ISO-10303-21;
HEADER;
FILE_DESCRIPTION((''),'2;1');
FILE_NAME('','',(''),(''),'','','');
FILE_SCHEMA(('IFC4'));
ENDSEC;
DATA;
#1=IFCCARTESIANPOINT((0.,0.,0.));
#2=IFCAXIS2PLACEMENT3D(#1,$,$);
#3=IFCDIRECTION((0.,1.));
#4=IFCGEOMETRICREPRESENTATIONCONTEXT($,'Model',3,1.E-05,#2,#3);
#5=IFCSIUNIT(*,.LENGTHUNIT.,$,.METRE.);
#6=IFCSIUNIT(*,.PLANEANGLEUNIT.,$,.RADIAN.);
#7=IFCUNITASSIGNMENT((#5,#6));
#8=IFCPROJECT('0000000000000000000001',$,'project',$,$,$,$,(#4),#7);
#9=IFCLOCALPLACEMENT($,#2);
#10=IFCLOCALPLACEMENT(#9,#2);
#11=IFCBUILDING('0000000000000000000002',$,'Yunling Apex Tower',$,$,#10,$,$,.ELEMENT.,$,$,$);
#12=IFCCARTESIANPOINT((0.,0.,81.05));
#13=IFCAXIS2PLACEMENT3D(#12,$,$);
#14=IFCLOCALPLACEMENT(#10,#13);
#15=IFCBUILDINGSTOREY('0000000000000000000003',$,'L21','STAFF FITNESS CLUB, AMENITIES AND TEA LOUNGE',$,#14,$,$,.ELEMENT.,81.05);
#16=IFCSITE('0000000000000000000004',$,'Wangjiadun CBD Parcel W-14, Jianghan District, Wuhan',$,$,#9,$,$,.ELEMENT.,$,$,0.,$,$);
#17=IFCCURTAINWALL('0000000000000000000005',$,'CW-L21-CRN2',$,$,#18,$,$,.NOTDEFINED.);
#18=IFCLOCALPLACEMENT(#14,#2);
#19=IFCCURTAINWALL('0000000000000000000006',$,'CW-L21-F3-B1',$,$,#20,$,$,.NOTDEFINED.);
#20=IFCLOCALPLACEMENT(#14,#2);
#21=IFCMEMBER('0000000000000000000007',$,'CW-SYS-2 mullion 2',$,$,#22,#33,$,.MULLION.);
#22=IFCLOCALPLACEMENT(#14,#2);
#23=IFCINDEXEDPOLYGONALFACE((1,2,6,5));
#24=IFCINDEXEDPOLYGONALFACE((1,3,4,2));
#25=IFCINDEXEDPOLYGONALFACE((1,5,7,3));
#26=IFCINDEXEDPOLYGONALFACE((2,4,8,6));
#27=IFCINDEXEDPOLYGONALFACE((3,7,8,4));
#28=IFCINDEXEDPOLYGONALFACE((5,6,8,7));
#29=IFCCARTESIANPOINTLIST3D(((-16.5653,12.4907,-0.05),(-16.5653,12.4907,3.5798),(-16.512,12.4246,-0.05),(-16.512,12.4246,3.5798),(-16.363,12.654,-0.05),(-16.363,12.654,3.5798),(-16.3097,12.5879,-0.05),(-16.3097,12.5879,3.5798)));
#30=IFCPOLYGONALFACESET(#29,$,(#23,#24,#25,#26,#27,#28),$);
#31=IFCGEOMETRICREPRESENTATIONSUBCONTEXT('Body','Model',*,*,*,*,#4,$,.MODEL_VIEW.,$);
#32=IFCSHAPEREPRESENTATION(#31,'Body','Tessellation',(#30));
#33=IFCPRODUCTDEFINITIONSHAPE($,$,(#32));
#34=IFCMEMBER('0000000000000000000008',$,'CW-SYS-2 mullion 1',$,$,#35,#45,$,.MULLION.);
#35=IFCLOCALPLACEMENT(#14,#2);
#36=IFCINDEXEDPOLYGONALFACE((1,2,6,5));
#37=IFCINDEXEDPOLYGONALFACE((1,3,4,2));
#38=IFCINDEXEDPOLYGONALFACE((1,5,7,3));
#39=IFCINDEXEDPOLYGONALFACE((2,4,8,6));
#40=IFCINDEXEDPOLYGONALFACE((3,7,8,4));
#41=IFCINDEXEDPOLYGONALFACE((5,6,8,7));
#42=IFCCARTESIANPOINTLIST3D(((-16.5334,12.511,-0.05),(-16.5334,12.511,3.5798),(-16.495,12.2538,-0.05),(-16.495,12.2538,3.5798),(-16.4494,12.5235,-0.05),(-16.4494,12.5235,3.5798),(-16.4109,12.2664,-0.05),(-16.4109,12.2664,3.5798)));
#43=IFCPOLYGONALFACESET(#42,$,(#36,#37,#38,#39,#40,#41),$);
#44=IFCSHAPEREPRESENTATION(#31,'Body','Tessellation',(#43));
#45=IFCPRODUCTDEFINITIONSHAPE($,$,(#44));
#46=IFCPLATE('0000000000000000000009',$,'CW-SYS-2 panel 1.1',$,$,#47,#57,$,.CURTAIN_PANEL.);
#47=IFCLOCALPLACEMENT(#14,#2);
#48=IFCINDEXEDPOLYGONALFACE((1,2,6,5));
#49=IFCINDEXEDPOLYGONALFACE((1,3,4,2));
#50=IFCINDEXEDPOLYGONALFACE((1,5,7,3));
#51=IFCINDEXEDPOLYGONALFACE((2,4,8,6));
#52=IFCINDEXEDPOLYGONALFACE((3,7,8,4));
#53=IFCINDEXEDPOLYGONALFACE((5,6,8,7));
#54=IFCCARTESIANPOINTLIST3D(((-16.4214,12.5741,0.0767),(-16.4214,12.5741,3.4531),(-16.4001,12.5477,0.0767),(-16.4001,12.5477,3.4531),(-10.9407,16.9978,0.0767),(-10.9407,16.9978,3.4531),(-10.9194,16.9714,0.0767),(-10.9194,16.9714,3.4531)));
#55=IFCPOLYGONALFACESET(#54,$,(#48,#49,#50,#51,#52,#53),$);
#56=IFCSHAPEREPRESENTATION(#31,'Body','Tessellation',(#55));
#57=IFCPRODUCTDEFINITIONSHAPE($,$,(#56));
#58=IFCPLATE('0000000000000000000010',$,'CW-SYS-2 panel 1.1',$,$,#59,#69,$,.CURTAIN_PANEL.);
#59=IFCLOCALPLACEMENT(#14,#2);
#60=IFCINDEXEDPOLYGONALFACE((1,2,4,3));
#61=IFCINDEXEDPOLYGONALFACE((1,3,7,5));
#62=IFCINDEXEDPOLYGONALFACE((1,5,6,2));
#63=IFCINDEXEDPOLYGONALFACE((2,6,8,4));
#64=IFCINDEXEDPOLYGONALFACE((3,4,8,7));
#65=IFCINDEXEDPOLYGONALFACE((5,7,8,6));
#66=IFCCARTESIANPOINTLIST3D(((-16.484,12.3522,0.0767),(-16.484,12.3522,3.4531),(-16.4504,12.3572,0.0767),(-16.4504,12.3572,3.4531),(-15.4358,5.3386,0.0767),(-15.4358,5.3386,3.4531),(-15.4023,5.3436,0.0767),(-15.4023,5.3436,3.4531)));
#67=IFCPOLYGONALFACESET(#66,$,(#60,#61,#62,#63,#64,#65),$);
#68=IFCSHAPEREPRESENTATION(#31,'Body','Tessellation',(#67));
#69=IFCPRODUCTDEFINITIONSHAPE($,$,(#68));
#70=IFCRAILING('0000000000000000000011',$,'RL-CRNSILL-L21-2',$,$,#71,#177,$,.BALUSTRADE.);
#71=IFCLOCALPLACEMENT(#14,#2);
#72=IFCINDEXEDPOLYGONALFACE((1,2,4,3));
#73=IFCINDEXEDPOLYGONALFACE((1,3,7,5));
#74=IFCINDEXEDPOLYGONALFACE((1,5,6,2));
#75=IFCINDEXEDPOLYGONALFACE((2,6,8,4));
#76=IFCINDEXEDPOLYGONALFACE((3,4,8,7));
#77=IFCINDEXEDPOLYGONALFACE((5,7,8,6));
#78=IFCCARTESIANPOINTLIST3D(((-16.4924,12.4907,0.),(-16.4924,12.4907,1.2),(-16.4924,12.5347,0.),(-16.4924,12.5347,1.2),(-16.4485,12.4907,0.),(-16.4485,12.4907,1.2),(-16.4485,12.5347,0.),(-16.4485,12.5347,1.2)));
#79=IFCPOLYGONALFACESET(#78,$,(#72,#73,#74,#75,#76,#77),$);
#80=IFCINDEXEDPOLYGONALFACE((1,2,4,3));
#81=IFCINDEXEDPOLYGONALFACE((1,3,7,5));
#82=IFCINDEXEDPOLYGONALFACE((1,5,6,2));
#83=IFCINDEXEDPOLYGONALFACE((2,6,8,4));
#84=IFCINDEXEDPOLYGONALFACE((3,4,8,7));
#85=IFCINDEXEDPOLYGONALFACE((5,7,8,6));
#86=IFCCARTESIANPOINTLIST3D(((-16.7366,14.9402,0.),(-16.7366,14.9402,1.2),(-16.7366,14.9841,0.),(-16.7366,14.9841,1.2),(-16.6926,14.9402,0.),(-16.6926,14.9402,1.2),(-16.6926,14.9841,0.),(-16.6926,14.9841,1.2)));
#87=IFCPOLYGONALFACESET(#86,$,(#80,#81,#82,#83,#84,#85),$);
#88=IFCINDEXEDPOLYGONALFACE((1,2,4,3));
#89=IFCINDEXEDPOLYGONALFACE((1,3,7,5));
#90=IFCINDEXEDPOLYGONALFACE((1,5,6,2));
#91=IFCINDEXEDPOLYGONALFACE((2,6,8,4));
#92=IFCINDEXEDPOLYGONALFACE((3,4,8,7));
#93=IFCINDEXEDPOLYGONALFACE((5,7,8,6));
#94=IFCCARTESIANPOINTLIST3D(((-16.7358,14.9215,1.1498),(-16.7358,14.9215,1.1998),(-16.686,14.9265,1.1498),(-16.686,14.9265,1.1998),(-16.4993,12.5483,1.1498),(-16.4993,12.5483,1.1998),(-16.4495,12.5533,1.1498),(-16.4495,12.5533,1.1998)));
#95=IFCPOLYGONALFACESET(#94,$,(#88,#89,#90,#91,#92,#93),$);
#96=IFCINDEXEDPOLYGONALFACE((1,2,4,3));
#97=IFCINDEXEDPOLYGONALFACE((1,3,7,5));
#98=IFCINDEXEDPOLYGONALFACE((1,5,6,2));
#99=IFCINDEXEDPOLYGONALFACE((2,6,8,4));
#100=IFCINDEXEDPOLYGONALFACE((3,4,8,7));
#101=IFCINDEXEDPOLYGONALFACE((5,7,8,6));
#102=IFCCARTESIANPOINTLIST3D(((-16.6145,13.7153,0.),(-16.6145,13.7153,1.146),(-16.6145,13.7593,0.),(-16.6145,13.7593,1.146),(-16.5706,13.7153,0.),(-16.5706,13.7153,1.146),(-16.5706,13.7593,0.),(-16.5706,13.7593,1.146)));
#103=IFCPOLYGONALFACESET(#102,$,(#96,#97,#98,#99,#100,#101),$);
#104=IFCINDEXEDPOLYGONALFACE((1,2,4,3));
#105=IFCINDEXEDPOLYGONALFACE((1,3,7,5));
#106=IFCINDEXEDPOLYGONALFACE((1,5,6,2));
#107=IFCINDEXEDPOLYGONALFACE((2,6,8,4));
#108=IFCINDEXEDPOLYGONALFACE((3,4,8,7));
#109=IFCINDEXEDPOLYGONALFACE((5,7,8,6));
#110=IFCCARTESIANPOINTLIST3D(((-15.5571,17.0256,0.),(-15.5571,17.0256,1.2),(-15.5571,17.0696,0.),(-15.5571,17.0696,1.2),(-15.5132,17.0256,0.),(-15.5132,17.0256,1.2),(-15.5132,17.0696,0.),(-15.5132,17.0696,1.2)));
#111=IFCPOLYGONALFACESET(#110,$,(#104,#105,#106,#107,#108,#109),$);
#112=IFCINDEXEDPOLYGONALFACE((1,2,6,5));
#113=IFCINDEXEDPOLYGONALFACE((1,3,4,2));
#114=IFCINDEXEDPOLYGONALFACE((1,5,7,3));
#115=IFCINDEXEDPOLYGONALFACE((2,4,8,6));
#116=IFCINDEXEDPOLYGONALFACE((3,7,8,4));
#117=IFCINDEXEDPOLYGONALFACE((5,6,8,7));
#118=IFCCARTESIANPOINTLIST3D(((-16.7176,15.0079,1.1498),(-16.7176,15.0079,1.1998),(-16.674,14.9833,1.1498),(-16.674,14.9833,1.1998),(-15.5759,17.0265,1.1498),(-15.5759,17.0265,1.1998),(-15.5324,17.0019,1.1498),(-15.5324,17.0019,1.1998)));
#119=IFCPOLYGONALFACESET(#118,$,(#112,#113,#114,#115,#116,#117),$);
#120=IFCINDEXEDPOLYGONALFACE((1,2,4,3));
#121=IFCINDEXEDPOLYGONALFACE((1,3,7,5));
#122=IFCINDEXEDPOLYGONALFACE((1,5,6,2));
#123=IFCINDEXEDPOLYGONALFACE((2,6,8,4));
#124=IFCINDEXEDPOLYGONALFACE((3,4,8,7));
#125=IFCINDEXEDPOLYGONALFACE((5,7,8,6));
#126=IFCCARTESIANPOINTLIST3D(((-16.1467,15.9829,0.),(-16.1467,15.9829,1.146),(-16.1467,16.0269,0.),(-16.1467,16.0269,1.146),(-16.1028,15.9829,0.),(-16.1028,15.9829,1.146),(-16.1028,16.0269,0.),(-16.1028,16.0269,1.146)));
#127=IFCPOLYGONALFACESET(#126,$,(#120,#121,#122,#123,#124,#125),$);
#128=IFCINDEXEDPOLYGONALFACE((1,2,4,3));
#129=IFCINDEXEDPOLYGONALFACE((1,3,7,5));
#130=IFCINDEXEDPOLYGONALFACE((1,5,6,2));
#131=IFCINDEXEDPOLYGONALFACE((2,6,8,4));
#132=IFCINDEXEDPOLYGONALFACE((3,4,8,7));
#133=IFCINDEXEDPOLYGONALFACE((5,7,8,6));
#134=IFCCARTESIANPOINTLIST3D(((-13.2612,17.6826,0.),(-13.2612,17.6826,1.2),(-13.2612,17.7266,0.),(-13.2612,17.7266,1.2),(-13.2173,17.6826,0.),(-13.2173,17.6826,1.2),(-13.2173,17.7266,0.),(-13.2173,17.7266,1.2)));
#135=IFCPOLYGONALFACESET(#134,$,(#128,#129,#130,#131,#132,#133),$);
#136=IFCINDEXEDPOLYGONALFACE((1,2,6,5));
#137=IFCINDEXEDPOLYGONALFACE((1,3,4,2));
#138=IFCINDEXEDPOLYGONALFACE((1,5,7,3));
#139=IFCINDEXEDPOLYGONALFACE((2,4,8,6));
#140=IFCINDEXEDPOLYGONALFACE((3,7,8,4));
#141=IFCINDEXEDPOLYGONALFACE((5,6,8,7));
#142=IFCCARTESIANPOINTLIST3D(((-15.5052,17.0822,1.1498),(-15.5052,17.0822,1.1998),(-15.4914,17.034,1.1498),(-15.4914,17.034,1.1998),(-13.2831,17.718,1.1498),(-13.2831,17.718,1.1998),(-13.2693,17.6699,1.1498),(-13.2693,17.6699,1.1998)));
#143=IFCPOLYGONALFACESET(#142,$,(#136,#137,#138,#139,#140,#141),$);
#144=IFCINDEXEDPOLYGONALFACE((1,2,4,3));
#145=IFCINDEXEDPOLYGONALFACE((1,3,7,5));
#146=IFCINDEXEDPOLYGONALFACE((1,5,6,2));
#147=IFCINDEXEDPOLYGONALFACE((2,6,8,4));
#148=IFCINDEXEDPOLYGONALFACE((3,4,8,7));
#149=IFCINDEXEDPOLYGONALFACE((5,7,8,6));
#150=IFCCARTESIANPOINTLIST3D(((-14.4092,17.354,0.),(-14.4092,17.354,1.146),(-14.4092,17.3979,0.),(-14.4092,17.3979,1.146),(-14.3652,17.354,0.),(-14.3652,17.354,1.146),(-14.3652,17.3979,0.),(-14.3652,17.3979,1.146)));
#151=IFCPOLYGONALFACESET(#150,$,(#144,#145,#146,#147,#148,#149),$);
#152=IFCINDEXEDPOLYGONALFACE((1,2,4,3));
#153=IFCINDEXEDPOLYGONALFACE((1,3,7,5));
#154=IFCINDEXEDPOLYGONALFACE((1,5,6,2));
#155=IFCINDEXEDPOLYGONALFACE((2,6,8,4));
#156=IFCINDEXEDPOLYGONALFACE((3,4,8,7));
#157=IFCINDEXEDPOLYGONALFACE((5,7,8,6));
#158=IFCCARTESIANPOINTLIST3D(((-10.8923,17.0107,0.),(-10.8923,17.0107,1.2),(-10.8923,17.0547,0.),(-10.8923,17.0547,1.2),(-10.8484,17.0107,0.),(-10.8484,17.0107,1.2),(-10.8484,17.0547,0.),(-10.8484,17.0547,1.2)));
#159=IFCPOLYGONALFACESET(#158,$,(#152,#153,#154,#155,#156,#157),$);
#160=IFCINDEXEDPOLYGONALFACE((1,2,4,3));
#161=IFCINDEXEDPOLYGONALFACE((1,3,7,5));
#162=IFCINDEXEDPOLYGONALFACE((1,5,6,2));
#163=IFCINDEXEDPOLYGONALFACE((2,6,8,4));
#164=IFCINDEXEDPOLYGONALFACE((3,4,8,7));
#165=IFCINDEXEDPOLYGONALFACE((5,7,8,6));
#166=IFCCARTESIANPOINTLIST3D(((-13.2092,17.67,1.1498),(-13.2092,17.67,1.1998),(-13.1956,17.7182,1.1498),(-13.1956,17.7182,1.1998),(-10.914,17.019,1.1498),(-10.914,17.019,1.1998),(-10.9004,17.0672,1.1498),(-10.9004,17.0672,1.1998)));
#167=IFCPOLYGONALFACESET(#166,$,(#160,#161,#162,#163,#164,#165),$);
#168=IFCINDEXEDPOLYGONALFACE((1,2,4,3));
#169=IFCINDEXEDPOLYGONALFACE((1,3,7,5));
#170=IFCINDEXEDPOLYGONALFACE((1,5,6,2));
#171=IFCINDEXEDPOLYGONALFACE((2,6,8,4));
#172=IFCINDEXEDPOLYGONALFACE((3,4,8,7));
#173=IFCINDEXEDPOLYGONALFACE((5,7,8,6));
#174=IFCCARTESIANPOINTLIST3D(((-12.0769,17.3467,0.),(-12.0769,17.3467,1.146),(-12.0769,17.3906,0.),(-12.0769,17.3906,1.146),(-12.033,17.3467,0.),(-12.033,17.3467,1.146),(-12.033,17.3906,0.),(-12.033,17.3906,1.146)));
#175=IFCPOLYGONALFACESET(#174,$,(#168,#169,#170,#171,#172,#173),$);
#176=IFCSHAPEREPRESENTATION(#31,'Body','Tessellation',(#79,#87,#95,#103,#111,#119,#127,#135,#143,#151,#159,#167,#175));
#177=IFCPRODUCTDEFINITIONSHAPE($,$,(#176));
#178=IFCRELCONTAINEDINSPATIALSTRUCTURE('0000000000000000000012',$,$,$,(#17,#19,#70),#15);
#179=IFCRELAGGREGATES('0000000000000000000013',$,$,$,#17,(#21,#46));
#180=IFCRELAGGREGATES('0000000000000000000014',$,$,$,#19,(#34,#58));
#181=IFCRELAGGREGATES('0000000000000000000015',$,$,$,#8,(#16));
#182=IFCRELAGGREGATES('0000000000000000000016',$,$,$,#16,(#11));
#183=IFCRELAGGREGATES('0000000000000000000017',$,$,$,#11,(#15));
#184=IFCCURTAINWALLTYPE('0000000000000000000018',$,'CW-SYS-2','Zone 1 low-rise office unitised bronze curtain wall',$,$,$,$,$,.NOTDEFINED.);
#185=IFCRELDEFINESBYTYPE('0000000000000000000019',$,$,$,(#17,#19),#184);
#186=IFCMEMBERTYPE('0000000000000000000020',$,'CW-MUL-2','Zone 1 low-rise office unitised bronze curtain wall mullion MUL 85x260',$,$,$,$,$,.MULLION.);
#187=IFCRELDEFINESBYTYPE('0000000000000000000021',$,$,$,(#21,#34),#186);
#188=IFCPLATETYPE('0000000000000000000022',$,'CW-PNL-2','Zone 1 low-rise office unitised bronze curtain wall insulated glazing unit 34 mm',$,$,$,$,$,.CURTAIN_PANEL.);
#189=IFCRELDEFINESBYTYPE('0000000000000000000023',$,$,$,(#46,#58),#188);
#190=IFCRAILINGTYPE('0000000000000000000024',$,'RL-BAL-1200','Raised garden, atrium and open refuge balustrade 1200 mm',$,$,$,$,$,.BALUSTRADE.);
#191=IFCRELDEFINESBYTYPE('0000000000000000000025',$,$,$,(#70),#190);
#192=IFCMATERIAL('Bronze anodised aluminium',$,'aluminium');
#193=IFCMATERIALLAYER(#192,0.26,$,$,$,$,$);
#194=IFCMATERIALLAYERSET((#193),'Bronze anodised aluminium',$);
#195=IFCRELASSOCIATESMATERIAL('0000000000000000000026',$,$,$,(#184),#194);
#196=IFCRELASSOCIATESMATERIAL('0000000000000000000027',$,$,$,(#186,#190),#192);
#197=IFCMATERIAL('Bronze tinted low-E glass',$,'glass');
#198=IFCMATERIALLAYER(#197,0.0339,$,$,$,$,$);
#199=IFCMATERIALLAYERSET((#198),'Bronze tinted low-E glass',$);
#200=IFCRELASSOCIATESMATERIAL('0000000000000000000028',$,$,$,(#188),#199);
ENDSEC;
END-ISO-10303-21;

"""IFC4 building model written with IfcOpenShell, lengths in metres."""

from ifc_helpers import new_model, si_unit, direction, frame, origin, origin_2d, place, context, subcontext, project, spatial, rectangle, extrude, source, transform, mapped, material, layer, layer_set, material_profile, profile_set, type_object, element, aggregate, save


model = new_model("IFC4")

# Units and contexts
model_context = context("Model", 3, precision=1e-05, world=origin(), true_north=direction((0.0, 1.0)))
body_context = subcontext(model_context, "Body", "Model", "MODEL_VIEW")
ifc_project = project(units=[si_unit("LENGTHUNIT", "METRE"), si_unit("PLANEANGLEUNIT", "RADIAN")], contexts=[model_context])

# Site, building, storey
site_placement = place(None, origin())
site = spatial("IfcSite", under=ifc_project, at=site_placement, Name="Wangjiadun CBD Parcel W-14, Jianghan District, Wuhan", CompositionType="ELEMENT", RefElevation=0.0)
building_placement = place(site_placement, origin())
building = spatial("IfcBuilding", under=site, at=building_placement, Name="Yunling Apex Tower", CompositionType="ELEMENT")
storey_placement = place(building_placement, frame((0.0, 0.0, 81.05)))
storey = spatial("IfcBuildingStorey", under=building, at=storey_placement, Name="L21", Description="STAFF FITNESS CLUB, AMENITIES AND TEA LOUNGE", CompositionType="ELEMENT", Elevation=81.05)

# Curtain walls
ifc_material_1 = material(Name="Bronze anodised aluminium", Category="aluminium")
ifc_layer_1 = layer(ifc_material_1, 0.26)
ifc_layer_set_1 = layer_set([ifc_layer_1], Name="Bronze anodised aluminium")
curtain_wall_type = type_object("IfcCurtainWallType", Name="CW-SYS-2", Description="Zone 1 low-rise office unitised bronze curtain wall", PredefinedType="NOTDEFINED", material=ifc_layer_set_1)
curtain_wall_1_placement = place(storey_placement, origin())
curtain_wall_1 = element("IfcCurtainWall", 1, at=curtain_wall_1_placement, inside=storey, type_object=curtain_wall_type, Name="CW-L21-CRN2", PredefinedType="NOTDEFINED")
curtain_wall_2_placement = place(storey_placement, origin())
curtain_wall_2 = element("IfcCurtainWall", 2, at=curtain_wall_2_placement, inside=storey, type_object=curtain_wall_type, Name="CW-L21-F3-B1", PredefinedType="NOTDEFINED")

# Shared definitions
ifc_material_profile_1 = material_profile(ifc_material_1, rectangle(XDim=0.085, YDim=0.26, at=origin_2d()))
ifc_profile_set_1 = profile_set([ifc_material_profile_1], Name="Bronze anodised aluminium")
member_type_1 = type_object("IfcMemberType", Name="CW-MUL-2", Description="Zone 1 low-rise office unitised bronze curtain wall mullion MUL 85x260", PredefinedType="MULLION", material=ifc_profile_set_1)
shared_shape_1 = source(origin(), body_context, "Body", "SweptSolid", [
    extrude(rectangle(XDim=0.085, YDim=0.26, at=origin_2d()), origin(), (0.0, 0.0, 1.0), 3.6299),
])

# Members
member_1_placement = place(storey_placement, frame((-16.4375, 12.5393, -0.05), z_axis=(0.0, 0.0, 1.0), x_axis=(0.62808, -0.778149, 0.0)))
member_1 = element("IfcMember", 3, at=member_1_placement, type_object=member_type_1, Name="CW-SYS-2 mullion 2", PredefinedType="MULLION", context=body_context, shape_type="MappedRepresentation", body=[
    mapped(shared_shape_1, transform((0.0, 0.0, 0.0), scale=1.0)),
])
member_2_placement = place(storey_placement, frame((-16.4722, 12.3887, -0.05), z_axis=(0.0, 0.0, 1.0), x_axis=(0.989017, 0.147799, 0.0)))
member_2 = element("IfcMember", 4, at=member_2_placement, type_object=member_type_1, Name="CW-SYS-2 mullion 1", PredefinedType="MULLION", context=body_context, shape_type="MappedRepresentation", body=[
    mapped(shared_shape_1, transform((0.0, 0.0, 0.0), scale=1.0)),
])

# Plates
ifc_material_2 = material(Name="Bronze tinted low-E glass", Category="glass")
ifc_layer_2 = layer(ifc_material_2, 0.0339)
ifc_layer_set_2 = layer_set([ifc_layer_2], Name="Bronze tinted low-E glass")
plate_type = type_object("IfcPlateType", Name="CW-PNL-2", Description="Zone 1 low-rise office unitised bronze curtain wall insulated glazing unit 34 mm", PredefinedType="CURTAIN_PANEL", material=ifc_layer_set_2)
shared_shape_2 = source(origin(), body_context, "Body", "SweptSolid", [
    extrude(rectangle(XDim=7.0432, YDim=0.0339, at=origin_2d()), origin(), (0.0, 0.0, 1.0), 3.3765),
])
plate_1_placement = place(storey_placement, frame((-13.6704, 14.7727, 0.0767), z_axis=(0.0, 0.0, 1.0), x_axis=(-0.778149, -0.62808, 0.0)))
plate_1 = element("IfcPlate", 5, at=plate_1_placement, type_object=plate_type, Name="CW-SYS-2 panel 1.1", PredefinedType="CURTAIN_PANEL", context=body_context, shape_type="MappedRepresentation", body=[
    mapped(shared_shape_2, transform((0.0, 0.0, 0.0), scale=1.0)),
])
aggregate(curtain_wall_1, [member_1, plate_1])
shared_shape_3 = source(origin(), body_context, "Body", "SweptSolid", [
    extrude(rectangle(XDim=7.0916, YDim=0.0339, at=origin_2d()), origin(), (0.0, 0.0, 1.0), 3.3765),
])
plate_2_placement = place(storey_placement, frame((-15.9431, 8.8479, 0.0767), z_axis=(0.0, 0.0, 1.0), x_axis=(0.147799, -0.989017, 0.0)))
plate_2 = element("IfcPlate", 6, at=plate_2_placement, type_object=plate_type, Name="CW-SYS-2 panel 1.1", PredefinedType="CURTAIN_PANEL", context=body_context, shape_type="MappedRepresentation", body=[
    mapped(shared_shape_3, transform((0.0, 0.0, 0.0), scale=1.0)),
])
aggregate(curtain_wall_2, [member_2, plate_2])

# Railing
railing_type = type_object("IfcRailingType", Name="RL-BAL-1200", Description="Raised garden, atrium and open refuge balustrade 1200 mm", PredefinedType="BALUSTRADE", material=ifc_material_1)
railing_placement = place(storey_placement, frame((-16.4705, 12.5127, 0.0)))
element("IfcRailing", 7, at=railing_placement, inside=storey, type_object=railing_type, Name="RL-CRNSILL-L21-2", PredefinedType="BALUSTRADE", context=body_context, shape_type="SweptSolid", body=[
    extrude(rectangle(XDim=0.0439, YDim=0.0439, at=origin_2d()), origin(), (0.0, 0.0, 1.0), 1.2),
    extrude(rectangle(XDim=0.0439, YDim=0.0439, at=origin_2d()), frame((-0.2441, 2.4495, 0.0)), (0.0, 0.0, 1.0), 1.2),
    extrude(rectangle(XDim=0.05, YDim=0.05, at=origin_2d()), frame((-0.0039, 0.0381, 1.1748), z_axis=(-0.09918, 0.99507, 0.0), x_axis=(-0.99507, -0.09918, 0.0)), (0.0, 0.0, 1.0), 2.385),
    extrude(rectangle(XDim=0.0439, YDim=0.0439, at=origin_2d()), frame((-0.1221, 1.2246, 0.0)), (0.0, 0.0, 1.0), 1.146),
    extrude(rectangle(XDim=0.0439, YDim=0.0439, at=origin_2d()), frame((0.9353, 4.5349, 0.0)), (0.0, 0.0, 1.0), 1.2),
    extrude(rectangle(XDim=0.05, YDim=0.05, at=origin_2d()), frame((-0.2253, 2.4829, 1.1748), z_axis=(0.492282, 0.870436, 0.0), x_axis=(-0.870436, 0.492282, 0.0)), (0.0, 0.0, 1.0), 2.3191),
    extrude(rectangle(XDim=0.0439, YDim=0.0439, at=origin_2d()), frame((0.3457, 3.4922, 0.0)), (0.0, 0.0, 1.0), 1.146),
    extrude(rectangle(XDim=0.0439, YDim=0.0439, at=origin_2d()), frame((3.2312, 5.1919, 0.0)), (0.0, 0.0, 1.0), 1.2),
    extrude(rectangle(XDim=0.05, YDim=0.05, at=origin_2d()), frame((0.9722, 4.5454, 1.1748), z_axis=(0.961412, 0.275113, 0.0), x_axis=(-0.275113, 0.961412, 0.0)), (0.0, 0.0, 1.0), 2.3113),
    extrude(rectangle(XDim=0.0439, YDim=0.0439, at=origin_2d()), frame((2.0833, 4.8633, 0.0)), (0.0, 0.0, 1.0), 1.146),
    extrude(rectangle(XDim=0.0439, YDim=0.0439, at=origin_2d()), frame((5.6001, 4.52, 0.0)), (0.0, 0.0, 1.0), 1.2),
    extrude(rectangle(XDim=0.05, YDim=0.05, at=origin_2d()), frame((3.2681, 5.1814, 1.1748), z_axis=(0.962053, -0.272861, 0.0), x_axis=(0.272861, 0.962053, 0.0)), (0.0, 0.0, 1.0), 2.3857),
    extrude(rectangle(XDim=0.0439, YDim=0.0439, at=origin_2d()), frame((4.4155, 4.856, 0.0)), (0.0, 0.0, 1.0), 1.146),
])

save(model, "model.ifc")
